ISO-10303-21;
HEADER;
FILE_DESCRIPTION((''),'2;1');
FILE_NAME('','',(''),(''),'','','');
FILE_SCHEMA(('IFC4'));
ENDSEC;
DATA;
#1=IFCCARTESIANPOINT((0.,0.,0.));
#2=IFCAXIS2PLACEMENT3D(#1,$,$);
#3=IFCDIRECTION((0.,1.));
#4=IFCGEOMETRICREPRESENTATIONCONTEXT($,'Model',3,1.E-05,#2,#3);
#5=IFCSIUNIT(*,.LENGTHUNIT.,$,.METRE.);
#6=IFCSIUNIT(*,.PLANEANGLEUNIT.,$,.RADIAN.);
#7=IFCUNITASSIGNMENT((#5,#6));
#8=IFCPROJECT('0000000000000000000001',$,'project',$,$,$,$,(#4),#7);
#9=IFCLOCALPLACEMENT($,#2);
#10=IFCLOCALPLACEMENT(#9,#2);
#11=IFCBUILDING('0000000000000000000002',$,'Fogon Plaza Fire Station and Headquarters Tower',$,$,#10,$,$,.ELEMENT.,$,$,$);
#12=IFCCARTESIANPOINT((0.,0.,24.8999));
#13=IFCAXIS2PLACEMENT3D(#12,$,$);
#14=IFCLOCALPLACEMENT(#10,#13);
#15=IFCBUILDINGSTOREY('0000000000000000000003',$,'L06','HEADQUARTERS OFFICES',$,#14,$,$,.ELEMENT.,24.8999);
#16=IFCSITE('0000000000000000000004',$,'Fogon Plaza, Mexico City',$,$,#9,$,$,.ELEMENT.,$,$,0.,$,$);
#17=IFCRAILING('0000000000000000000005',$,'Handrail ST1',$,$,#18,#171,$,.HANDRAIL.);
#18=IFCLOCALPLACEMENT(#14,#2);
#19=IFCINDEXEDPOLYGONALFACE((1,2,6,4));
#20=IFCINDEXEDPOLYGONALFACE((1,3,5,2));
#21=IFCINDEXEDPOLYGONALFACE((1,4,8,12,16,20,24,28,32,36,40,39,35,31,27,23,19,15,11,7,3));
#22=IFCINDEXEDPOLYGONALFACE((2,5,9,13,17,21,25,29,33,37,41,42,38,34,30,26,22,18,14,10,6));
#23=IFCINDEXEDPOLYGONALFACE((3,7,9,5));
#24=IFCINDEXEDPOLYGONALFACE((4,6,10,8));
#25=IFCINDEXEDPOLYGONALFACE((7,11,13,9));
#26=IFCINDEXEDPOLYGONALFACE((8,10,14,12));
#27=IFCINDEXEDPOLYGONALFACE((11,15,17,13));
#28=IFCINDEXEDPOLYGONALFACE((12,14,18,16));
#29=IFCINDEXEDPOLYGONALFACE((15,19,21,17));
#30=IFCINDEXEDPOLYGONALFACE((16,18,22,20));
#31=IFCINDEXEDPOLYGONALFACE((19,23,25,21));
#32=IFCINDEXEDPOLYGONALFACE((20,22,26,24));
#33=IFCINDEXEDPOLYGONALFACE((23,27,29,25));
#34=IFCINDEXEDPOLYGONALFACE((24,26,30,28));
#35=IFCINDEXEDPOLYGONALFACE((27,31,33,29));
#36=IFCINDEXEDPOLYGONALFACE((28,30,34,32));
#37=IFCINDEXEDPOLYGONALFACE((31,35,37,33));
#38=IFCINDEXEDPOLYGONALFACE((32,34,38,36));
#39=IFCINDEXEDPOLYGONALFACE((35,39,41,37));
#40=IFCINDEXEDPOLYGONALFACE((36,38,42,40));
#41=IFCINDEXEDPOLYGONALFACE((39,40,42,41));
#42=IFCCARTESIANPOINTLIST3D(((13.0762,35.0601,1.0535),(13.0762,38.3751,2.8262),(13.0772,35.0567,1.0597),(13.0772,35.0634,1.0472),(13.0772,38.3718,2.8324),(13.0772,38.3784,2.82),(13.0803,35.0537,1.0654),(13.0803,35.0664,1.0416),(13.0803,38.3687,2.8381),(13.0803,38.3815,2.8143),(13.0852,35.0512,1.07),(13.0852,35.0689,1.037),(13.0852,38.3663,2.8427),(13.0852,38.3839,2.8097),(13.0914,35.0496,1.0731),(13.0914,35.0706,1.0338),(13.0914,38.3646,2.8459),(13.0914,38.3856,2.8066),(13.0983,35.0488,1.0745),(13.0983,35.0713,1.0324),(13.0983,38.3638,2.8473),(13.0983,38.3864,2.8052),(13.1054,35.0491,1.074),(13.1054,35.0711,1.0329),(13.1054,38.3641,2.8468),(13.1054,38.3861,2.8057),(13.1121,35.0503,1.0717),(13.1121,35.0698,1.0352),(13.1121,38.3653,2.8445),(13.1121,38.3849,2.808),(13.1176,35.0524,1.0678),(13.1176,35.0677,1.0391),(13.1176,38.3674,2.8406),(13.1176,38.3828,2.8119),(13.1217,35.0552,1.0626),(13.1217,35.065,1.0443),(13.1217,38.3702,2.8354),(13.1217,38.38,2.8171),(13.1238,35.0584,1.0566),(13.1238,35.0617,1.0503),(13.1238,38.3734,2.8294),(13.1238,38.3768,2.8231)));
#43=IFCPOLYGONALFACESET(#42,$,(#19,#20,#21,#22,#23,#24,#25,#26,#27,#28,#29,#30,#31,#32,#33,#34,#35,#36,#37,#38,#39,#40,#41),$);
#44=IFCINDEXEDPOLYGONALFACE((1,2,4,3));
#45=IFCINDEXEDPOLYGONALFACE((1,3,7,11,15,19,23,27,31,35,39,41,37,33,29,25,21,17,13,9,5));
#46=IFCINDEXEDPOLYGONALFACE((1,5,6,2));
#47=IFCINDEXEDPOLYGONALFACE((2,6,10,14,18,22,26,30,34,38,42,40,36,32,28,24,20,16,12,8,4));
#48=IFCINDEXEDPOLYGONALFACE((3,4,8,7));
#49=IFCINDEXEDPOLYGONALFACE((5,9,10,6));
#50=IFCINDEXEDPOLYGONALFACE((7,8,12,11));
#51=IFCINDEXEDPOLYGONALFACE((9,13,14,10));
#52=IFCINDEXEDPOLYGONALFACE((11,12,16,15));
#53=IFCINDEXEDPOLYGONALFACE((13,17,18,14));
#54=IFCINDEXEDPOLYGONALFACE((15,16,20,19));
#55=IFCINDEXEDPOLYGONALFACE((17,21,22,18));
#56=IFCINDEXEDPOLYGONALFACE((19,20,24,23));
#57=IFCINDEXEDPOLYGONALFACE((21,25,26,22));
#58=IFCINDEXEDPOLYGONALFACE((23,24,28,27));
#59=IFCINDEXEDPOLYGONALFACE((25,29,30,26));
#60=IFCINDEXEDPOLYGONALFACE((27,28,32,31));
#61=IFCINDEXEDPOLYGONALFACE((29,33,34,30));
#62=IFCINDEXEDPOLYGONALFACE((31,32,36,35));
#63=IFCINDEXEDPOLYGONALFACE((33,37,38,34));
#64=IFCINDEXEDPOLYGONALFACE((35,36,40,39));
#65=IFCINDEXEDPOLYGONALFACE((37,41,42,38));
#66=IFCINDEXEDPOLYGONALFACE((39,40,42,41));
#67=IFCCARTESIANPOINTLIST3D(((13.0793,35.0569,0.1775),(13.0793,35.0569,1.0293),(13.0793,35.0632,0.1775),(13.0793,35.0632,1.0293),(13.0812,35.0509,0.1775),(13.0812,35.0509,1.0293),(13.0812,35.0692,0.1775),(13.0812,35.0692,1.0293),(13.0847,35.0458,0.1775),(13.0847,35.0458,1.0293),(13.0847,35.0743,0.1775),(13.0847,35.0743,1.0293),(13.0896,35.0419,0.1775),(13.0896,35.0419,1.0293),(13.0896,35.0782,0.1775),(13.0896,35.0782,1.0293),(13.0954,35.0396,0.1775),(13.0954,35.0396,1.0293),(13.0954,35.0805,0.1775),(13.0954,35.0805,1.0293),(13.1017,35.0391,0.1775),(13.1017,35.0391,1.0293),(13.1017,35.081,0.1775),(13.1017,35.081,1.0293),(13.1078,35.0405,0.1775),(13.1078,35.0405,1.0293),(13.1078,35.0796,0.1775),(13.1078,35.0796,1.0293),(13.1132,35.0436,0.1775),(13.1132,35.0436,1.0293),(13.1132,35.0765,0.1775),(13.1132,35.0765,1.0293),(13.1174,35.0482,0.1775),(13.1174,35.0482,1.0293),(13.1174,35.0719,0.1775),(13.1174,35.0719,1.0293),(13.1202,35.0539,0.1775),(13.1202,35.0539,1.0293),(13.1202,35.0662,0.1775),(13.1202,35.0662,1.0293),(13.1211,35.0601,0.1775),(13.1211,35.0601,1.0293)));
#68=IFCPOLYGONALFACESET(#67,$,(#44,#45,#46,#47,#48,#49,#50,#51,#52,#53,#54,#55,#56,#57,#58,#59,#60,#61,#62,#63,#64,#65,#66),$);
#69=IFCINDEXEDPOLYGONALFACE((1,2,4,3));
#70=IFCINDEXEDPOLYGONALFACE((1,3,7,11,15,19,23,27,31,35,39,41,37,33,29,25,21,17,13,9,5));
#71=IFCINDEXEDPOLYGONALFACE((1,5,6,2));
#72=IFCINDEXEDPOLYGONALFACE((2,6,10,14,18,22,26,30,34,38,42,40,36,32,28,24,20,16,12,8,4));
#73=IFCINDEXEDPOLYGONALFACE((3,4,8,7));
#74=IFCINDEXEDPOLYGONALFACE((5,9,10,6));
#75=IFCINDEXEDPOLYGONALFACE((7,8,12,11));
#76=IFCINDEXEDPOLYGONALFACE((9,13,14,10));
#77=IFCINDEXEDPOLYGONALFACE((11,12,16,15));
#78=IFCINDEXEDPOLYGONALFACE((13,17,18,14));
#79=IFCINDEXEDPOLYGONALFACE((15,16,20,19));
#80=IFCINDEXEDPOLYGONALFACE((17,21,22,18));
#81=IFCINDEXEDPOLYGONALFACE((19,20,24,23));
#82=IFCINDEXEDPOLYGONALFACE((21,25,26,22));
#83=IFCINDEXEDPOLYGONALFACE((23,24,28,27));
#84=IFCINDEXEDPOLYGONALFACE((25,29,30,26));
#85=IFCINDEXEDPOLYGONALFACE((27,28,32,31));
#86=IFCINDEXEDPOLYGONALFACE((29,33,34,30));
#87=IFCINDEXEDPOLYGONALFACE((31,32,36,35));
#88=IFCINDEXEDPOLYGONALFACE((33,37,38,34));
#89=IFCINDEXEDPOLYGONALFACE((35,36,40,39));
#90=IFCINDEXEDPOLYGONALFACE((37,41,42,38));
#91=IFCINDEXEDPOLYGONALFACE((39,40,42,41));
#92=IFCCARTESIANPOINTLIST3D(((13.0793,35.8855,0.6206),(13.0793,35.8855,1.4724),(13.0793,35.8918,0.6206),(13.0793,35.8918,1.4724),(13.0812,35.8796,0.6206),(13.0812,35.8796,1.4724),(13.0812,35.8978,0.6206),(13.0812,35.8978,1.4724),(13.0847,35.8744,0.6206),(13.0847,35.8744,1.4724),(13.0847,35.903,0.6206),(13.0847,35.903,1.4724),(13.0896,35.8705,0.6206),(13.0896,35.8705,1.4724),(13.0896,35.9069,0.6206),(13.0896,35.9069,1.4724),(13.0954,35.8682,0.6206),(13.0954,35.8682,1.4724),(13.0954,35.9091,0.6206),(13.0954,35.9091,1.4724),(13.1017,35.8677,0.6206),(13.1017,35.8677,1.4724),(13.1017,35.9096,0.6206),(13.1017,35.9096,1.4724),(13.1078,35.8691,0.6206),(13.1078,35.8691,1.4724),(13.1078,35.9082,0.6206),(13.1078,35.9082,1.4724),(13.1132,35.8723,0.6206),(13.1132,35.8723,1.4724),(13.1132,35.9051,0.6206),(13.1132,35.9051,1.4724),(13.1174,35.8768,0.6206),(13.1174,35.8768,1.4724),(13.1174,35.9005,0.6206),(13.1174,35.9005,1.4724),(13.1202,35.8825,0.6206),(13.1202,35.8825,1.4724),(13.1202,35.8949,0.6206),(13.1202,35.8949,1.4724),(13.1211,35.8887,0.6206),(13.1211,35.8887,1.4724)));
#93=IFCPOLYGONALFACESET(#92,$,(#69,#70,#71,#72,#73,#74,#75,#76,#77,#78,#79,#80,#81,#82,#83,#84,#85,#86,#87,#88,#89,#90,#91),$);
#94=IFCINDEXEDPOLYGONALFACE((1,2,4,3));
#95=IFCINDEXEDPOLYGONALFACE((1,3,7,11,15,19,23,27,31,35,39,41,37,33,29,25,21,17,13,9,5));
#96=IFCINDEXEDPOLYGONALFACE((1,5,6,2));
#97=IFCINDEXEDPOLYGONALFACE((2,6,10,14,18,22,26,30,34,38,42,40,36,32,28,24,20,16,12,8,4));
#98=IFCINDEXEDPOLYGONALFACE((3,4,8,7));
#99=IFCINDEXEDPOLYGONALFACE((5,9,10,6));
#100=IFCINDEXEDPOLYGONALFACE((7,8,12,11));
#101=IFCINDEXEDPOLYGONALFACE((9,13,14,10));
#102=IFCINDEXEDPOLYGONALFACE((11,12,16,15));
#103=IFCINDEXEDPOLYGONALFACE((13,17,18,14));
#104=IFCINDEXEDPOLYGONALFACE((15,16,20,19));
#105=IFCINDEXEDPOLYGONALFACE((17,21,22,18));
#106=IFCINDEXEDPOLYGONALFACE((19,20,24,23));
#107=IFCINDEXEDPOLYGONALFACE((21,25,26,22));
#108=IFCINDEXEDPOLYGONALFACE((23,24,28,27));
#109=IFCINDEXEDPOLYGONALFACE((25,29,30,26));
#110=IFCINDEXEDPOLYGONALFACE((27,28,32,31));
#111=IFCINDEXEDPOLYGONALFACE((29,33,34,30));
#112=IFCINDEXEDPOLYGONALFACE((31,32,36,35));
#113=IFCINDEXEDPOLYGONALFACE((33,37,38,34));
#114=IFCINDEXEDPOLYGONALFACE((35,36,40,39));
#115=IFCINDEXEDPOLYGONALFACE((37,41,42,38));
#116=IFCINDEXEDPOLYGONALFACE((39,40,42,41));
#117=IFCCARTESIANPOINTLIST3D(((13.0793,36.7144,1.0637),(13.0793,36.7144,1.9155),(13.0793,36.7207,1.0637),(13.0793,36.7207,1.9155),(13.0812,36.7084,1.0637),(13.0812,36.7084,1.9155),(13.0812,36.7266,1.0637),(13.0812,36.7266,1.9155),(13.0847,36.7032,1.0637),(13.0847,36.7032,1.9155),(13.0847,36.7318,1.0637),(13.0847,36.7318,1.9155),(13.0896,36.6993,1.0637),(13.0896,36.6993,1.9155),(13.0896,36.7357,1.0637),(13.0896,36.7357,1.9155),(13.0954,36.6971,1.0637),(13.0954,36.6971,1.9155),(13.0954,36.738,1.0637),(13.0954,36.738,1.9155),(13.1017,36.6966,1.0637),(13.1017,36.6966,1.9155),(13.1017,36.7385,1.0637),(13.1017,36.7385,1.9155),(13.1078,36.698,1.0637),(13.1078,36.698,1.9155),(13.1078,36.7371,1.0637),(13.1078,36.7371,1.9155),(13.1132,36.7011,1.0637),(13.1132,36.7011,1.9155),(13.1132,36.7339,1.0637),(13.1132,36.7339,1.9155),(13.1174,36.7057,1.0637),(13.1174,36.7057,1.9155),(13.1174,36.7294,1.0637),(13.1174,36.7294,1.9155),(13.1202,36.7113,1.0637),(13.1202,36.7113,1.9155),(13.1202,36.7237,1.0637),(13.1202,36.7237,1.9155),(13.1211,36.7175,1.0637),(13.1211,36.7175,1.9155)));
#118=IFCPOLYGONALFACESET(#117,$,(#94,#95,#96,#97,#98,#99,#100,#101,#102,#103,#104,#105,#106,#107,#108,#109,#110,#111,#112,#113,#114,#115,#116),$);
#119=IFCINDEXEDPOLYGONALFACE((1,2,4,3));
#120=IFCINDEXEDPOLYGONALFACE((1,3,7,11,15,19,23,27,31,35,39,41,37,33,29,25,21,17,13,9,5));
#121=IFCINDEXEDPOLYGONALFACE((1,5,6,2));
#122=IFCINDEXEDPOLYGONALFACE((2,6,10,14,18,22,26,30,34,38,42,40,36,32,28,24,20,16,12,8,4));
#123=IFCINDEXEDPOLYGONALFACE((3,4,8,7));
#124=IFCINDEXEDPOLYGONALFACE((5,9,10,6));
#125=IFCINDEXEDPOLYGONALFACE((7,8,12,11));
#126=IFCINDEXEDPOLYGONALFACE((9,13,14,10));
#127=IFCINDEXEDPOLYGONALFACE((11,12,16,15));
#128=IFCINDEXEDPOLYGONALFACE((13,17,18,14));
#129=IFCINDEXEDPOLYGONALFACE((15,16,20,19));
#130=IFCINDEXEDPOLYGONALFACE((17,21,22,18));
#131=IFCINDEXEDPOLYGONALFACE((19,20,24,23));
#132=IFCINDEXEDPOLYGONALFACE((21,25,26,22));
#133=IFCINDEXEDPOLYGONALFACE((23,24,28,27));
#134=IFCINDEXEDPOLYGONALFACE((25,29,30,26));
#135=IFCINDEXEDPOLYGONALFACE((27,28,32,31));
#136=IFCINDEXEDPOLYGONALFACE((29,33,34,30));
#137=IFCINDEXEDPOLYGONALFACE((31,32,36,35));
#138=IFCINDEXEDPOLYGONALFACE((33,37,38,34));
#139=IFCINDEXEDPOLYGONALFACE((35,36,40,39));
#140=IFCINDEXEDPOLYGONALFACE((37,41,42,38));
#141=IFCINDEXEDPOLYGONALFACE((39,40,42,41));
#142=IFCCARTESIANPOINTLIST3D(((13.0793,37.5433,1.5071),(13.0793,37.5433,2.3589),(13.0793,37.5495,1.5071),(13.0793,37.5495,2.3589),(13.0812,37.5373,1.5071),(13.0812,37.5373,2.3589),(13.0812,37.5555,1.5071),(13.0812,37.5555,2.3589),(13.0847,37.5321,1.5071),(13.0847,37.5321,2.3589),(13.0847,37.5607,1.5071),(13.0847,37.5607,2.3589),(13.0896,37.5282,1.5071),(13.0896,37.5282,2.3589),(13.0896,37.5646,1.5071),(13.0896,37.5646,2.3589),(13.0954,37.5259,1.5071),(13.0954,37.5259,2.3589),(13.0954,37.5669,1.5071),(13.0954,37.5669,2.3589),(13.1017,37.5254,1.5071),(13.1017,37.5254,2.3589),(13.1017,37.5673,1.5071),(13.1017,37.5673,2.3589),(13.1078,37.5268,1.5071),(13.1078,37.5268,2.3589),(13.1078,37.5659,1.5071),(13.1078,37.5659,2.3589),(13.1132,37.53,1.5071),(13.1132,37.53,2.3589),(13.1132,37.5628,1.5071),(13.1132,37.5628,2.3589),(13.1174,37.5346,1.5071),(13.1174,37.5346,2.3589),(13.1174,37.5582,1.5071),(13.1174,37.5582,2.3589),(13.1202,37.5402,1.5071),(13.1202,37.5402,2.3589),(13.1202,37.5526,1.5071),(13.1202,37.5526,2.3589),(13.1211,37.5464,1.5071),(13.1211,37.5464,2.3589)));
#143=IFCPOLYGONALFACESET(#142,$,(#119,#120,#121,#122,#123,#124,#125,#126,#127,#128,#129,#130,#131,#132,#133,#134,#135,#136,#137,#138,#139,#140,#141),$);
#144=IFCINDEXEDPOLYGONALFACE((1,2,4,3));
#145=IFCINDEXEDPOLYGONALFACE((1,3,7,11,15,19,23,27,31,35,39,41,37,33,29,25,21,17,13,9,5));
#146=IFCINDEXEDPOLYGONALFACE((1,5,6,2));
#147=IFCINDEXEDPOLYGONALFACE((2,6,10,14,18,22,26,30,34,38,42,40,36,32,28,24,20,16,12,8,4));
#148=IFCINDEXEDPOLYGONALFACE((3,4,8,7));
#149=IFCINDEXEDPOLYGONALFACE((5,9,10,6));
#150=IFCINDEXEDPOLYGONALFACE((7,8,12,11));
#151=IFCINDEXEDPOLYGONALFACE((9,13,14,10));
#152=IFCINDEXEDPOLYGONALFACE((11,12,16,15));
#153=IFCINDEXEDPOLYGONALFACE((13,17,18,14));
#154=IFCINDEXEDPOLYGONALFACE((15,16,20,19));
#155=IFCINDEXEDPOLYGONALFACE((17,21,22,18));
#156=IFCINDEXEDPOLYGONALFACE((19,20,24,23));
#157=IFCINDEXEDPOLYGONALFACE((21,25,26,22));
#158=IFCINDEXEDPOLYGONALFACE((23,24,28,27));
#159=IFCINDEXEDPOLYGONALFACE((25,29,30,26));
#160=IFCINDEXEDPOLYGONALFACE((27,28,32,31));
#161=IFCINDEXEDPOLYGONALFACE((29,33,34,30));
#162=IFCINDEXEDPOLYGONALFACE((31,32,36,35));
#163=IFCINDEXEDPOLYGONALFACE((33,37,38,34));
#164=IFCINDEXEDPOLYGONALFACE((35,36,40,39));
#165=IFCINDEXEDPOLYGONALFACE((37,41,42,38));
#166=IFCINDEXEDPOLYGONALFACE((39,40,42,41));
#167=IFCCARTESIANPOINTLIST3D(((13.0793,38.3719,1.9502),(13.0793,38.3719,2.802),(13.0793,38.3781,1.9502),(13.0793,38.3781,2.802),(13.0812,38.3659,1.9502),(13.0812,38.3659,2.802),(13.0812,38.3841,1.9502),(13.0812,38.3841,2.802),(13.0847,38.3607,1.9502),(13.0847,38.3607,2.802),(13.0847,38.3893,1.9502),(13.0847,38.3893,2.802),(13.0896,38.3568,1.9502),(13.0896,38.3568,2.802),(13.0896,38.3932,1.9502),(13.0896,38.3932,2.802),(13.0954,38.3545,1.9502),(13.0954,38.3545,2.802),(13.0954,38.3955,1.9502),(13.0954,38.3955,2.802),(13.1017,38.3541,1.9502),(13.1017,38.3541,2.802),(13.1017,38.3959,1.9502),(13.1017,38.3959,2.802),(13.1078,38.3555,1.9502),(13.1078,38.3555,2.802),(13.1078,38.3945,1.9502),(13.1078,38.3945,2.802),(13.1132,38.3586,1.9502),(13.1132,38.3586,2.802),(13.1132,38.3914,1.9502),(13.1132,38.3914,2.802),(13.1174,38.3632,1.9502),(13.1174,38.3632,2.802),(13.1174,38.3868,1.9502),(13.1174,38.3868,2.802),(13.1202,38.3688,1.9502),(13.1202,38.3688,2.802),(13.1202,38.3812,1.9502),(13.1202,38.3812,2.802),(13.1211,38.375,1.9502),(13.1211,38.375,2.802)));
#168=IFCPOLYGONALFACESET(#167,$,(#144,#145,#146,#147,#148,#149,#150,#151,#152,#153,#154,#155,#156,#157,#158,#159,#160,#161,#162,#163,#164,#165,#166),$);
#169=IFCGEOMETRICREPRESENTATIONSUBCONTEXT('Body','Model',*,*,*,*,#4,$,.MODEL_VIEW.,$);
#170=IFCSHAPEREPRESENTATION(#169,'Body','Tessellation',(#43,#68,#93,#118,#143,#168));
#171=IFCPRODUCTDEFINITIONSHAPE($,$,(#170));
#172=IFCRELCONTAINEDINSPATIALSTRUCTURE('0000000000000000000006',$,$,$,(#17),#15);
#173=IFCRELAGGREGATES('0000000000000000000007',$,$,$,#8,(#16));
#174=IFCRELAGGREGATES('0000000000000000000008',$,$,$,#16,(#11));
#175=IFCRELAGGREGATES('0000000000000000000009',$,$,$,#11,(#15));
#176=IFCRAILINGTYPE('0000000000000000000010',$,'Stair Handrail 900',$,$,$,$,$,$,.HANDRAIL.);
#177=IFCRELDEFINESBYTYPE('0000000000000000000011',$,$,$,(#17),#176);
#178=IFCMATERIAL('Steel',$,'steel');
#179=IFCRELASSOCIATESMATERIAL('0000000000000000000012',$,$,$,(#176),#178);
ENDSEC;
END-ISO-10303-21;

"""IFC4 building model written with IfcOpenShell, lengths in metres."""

from ifc_helpers import new_model, si_unit, direction, frame, origin, origin_2d, place, context, subcontext, project, spatial, circle, extrude, material, type_object, element, save


model = new_model("IFC4")

# Units and contexts
model_context = context("Model", 3, precision=1e-05, world=origin(), true_north=direction((0.0, 1.0)))
body_context = subcontext(model_context, "Body", "Model", "MODEL_VIEW")
ifc_project = project(units=[si_unit("LENGTHUNIT", "METRE"), si_unit("PLANEANGLEUNIT", "RADIAN")], contexts=[model_context])

# Site, building, storey
site_placement = place(None, origin())
site = spatial("IfcSite", under=ifc_project, at=site_placement, Name="Fogon Plaza, Mexico City", CompositionType="ELEMENT", RefElevation=0.0)
building_placement = place(site_placement, origin())
building = spatial("IfcBuilding", under=site, at=building_placement, Name="Fogon Plaza Fire Station and Headquarters Tower", CompositionType="ELEMENT")
storey_placement = place(building_placement, frame((0.0, 0.0, 24.8999)))
storey = spatial("IfcBuildingStorey", under=building, at=storey_placement, Name="L06", Description="HEADQUARTERS OFFICES", CompositionType="ELEMENT", Elevation=24.8999)

# Railing
ifc_material_1 = material(Name="Steel", Category="steel")
railing_type = type_object("IfcRailingType", Name="Stair Handrail 900", PredefinedType="HANDRAIL", material=ifc_material_1)
for number, where, name in (
    (1, (13.1001, 35.0601, 0.1775), "Handrail ST1"),
):
    element("IfcRailing", number, at=place(storey_placement, frame(where)), inside=storey, type_object=railing_type, Name=name, PredefinedType="HANDRAIL", context=body_context, shape_type="SweptSolid", body=[
        extrude(circle(Radius=0.0239, at=origin_2d()), frame((0.0, 0.0, 0.876), z_axis=(0.0, 0.881829, 0.471569), x_axis=(-1.0, 0.0, 0.0)), (0.0, 0.0, 1.0), 3.7593),
        extrude(circle(Radius=0.021, at=origin_2d()), origin(), (0.0, 0.0, 1.0), 0.8518),
        extrude(circle(Radius=0.021, at=origin_2d()), frame((0.0, 0.8286, 0.4431)), (0.0, 0.0, 1.0), 0.8518),
        extrude(circle(Radius=0.021, at=origin_2d()), frame((0.0, 1.6575, 0.8862)), (0.0, 0.0, 1.0), 0.8518),
        extrude(circle(Radius=0.021, at=origin_2d()), frame((0.0, 2.4863, 1.3296)), (0.0, 0.0, 1.0), 0.8518),
        extrude(circle(Radius=0.021, at=origin_2d()), frame((0.0, 3.3149, 1.7727)), (0.0, 0.0, 1.0), 0.8518),
    ])

save(model, "model.ifc")
